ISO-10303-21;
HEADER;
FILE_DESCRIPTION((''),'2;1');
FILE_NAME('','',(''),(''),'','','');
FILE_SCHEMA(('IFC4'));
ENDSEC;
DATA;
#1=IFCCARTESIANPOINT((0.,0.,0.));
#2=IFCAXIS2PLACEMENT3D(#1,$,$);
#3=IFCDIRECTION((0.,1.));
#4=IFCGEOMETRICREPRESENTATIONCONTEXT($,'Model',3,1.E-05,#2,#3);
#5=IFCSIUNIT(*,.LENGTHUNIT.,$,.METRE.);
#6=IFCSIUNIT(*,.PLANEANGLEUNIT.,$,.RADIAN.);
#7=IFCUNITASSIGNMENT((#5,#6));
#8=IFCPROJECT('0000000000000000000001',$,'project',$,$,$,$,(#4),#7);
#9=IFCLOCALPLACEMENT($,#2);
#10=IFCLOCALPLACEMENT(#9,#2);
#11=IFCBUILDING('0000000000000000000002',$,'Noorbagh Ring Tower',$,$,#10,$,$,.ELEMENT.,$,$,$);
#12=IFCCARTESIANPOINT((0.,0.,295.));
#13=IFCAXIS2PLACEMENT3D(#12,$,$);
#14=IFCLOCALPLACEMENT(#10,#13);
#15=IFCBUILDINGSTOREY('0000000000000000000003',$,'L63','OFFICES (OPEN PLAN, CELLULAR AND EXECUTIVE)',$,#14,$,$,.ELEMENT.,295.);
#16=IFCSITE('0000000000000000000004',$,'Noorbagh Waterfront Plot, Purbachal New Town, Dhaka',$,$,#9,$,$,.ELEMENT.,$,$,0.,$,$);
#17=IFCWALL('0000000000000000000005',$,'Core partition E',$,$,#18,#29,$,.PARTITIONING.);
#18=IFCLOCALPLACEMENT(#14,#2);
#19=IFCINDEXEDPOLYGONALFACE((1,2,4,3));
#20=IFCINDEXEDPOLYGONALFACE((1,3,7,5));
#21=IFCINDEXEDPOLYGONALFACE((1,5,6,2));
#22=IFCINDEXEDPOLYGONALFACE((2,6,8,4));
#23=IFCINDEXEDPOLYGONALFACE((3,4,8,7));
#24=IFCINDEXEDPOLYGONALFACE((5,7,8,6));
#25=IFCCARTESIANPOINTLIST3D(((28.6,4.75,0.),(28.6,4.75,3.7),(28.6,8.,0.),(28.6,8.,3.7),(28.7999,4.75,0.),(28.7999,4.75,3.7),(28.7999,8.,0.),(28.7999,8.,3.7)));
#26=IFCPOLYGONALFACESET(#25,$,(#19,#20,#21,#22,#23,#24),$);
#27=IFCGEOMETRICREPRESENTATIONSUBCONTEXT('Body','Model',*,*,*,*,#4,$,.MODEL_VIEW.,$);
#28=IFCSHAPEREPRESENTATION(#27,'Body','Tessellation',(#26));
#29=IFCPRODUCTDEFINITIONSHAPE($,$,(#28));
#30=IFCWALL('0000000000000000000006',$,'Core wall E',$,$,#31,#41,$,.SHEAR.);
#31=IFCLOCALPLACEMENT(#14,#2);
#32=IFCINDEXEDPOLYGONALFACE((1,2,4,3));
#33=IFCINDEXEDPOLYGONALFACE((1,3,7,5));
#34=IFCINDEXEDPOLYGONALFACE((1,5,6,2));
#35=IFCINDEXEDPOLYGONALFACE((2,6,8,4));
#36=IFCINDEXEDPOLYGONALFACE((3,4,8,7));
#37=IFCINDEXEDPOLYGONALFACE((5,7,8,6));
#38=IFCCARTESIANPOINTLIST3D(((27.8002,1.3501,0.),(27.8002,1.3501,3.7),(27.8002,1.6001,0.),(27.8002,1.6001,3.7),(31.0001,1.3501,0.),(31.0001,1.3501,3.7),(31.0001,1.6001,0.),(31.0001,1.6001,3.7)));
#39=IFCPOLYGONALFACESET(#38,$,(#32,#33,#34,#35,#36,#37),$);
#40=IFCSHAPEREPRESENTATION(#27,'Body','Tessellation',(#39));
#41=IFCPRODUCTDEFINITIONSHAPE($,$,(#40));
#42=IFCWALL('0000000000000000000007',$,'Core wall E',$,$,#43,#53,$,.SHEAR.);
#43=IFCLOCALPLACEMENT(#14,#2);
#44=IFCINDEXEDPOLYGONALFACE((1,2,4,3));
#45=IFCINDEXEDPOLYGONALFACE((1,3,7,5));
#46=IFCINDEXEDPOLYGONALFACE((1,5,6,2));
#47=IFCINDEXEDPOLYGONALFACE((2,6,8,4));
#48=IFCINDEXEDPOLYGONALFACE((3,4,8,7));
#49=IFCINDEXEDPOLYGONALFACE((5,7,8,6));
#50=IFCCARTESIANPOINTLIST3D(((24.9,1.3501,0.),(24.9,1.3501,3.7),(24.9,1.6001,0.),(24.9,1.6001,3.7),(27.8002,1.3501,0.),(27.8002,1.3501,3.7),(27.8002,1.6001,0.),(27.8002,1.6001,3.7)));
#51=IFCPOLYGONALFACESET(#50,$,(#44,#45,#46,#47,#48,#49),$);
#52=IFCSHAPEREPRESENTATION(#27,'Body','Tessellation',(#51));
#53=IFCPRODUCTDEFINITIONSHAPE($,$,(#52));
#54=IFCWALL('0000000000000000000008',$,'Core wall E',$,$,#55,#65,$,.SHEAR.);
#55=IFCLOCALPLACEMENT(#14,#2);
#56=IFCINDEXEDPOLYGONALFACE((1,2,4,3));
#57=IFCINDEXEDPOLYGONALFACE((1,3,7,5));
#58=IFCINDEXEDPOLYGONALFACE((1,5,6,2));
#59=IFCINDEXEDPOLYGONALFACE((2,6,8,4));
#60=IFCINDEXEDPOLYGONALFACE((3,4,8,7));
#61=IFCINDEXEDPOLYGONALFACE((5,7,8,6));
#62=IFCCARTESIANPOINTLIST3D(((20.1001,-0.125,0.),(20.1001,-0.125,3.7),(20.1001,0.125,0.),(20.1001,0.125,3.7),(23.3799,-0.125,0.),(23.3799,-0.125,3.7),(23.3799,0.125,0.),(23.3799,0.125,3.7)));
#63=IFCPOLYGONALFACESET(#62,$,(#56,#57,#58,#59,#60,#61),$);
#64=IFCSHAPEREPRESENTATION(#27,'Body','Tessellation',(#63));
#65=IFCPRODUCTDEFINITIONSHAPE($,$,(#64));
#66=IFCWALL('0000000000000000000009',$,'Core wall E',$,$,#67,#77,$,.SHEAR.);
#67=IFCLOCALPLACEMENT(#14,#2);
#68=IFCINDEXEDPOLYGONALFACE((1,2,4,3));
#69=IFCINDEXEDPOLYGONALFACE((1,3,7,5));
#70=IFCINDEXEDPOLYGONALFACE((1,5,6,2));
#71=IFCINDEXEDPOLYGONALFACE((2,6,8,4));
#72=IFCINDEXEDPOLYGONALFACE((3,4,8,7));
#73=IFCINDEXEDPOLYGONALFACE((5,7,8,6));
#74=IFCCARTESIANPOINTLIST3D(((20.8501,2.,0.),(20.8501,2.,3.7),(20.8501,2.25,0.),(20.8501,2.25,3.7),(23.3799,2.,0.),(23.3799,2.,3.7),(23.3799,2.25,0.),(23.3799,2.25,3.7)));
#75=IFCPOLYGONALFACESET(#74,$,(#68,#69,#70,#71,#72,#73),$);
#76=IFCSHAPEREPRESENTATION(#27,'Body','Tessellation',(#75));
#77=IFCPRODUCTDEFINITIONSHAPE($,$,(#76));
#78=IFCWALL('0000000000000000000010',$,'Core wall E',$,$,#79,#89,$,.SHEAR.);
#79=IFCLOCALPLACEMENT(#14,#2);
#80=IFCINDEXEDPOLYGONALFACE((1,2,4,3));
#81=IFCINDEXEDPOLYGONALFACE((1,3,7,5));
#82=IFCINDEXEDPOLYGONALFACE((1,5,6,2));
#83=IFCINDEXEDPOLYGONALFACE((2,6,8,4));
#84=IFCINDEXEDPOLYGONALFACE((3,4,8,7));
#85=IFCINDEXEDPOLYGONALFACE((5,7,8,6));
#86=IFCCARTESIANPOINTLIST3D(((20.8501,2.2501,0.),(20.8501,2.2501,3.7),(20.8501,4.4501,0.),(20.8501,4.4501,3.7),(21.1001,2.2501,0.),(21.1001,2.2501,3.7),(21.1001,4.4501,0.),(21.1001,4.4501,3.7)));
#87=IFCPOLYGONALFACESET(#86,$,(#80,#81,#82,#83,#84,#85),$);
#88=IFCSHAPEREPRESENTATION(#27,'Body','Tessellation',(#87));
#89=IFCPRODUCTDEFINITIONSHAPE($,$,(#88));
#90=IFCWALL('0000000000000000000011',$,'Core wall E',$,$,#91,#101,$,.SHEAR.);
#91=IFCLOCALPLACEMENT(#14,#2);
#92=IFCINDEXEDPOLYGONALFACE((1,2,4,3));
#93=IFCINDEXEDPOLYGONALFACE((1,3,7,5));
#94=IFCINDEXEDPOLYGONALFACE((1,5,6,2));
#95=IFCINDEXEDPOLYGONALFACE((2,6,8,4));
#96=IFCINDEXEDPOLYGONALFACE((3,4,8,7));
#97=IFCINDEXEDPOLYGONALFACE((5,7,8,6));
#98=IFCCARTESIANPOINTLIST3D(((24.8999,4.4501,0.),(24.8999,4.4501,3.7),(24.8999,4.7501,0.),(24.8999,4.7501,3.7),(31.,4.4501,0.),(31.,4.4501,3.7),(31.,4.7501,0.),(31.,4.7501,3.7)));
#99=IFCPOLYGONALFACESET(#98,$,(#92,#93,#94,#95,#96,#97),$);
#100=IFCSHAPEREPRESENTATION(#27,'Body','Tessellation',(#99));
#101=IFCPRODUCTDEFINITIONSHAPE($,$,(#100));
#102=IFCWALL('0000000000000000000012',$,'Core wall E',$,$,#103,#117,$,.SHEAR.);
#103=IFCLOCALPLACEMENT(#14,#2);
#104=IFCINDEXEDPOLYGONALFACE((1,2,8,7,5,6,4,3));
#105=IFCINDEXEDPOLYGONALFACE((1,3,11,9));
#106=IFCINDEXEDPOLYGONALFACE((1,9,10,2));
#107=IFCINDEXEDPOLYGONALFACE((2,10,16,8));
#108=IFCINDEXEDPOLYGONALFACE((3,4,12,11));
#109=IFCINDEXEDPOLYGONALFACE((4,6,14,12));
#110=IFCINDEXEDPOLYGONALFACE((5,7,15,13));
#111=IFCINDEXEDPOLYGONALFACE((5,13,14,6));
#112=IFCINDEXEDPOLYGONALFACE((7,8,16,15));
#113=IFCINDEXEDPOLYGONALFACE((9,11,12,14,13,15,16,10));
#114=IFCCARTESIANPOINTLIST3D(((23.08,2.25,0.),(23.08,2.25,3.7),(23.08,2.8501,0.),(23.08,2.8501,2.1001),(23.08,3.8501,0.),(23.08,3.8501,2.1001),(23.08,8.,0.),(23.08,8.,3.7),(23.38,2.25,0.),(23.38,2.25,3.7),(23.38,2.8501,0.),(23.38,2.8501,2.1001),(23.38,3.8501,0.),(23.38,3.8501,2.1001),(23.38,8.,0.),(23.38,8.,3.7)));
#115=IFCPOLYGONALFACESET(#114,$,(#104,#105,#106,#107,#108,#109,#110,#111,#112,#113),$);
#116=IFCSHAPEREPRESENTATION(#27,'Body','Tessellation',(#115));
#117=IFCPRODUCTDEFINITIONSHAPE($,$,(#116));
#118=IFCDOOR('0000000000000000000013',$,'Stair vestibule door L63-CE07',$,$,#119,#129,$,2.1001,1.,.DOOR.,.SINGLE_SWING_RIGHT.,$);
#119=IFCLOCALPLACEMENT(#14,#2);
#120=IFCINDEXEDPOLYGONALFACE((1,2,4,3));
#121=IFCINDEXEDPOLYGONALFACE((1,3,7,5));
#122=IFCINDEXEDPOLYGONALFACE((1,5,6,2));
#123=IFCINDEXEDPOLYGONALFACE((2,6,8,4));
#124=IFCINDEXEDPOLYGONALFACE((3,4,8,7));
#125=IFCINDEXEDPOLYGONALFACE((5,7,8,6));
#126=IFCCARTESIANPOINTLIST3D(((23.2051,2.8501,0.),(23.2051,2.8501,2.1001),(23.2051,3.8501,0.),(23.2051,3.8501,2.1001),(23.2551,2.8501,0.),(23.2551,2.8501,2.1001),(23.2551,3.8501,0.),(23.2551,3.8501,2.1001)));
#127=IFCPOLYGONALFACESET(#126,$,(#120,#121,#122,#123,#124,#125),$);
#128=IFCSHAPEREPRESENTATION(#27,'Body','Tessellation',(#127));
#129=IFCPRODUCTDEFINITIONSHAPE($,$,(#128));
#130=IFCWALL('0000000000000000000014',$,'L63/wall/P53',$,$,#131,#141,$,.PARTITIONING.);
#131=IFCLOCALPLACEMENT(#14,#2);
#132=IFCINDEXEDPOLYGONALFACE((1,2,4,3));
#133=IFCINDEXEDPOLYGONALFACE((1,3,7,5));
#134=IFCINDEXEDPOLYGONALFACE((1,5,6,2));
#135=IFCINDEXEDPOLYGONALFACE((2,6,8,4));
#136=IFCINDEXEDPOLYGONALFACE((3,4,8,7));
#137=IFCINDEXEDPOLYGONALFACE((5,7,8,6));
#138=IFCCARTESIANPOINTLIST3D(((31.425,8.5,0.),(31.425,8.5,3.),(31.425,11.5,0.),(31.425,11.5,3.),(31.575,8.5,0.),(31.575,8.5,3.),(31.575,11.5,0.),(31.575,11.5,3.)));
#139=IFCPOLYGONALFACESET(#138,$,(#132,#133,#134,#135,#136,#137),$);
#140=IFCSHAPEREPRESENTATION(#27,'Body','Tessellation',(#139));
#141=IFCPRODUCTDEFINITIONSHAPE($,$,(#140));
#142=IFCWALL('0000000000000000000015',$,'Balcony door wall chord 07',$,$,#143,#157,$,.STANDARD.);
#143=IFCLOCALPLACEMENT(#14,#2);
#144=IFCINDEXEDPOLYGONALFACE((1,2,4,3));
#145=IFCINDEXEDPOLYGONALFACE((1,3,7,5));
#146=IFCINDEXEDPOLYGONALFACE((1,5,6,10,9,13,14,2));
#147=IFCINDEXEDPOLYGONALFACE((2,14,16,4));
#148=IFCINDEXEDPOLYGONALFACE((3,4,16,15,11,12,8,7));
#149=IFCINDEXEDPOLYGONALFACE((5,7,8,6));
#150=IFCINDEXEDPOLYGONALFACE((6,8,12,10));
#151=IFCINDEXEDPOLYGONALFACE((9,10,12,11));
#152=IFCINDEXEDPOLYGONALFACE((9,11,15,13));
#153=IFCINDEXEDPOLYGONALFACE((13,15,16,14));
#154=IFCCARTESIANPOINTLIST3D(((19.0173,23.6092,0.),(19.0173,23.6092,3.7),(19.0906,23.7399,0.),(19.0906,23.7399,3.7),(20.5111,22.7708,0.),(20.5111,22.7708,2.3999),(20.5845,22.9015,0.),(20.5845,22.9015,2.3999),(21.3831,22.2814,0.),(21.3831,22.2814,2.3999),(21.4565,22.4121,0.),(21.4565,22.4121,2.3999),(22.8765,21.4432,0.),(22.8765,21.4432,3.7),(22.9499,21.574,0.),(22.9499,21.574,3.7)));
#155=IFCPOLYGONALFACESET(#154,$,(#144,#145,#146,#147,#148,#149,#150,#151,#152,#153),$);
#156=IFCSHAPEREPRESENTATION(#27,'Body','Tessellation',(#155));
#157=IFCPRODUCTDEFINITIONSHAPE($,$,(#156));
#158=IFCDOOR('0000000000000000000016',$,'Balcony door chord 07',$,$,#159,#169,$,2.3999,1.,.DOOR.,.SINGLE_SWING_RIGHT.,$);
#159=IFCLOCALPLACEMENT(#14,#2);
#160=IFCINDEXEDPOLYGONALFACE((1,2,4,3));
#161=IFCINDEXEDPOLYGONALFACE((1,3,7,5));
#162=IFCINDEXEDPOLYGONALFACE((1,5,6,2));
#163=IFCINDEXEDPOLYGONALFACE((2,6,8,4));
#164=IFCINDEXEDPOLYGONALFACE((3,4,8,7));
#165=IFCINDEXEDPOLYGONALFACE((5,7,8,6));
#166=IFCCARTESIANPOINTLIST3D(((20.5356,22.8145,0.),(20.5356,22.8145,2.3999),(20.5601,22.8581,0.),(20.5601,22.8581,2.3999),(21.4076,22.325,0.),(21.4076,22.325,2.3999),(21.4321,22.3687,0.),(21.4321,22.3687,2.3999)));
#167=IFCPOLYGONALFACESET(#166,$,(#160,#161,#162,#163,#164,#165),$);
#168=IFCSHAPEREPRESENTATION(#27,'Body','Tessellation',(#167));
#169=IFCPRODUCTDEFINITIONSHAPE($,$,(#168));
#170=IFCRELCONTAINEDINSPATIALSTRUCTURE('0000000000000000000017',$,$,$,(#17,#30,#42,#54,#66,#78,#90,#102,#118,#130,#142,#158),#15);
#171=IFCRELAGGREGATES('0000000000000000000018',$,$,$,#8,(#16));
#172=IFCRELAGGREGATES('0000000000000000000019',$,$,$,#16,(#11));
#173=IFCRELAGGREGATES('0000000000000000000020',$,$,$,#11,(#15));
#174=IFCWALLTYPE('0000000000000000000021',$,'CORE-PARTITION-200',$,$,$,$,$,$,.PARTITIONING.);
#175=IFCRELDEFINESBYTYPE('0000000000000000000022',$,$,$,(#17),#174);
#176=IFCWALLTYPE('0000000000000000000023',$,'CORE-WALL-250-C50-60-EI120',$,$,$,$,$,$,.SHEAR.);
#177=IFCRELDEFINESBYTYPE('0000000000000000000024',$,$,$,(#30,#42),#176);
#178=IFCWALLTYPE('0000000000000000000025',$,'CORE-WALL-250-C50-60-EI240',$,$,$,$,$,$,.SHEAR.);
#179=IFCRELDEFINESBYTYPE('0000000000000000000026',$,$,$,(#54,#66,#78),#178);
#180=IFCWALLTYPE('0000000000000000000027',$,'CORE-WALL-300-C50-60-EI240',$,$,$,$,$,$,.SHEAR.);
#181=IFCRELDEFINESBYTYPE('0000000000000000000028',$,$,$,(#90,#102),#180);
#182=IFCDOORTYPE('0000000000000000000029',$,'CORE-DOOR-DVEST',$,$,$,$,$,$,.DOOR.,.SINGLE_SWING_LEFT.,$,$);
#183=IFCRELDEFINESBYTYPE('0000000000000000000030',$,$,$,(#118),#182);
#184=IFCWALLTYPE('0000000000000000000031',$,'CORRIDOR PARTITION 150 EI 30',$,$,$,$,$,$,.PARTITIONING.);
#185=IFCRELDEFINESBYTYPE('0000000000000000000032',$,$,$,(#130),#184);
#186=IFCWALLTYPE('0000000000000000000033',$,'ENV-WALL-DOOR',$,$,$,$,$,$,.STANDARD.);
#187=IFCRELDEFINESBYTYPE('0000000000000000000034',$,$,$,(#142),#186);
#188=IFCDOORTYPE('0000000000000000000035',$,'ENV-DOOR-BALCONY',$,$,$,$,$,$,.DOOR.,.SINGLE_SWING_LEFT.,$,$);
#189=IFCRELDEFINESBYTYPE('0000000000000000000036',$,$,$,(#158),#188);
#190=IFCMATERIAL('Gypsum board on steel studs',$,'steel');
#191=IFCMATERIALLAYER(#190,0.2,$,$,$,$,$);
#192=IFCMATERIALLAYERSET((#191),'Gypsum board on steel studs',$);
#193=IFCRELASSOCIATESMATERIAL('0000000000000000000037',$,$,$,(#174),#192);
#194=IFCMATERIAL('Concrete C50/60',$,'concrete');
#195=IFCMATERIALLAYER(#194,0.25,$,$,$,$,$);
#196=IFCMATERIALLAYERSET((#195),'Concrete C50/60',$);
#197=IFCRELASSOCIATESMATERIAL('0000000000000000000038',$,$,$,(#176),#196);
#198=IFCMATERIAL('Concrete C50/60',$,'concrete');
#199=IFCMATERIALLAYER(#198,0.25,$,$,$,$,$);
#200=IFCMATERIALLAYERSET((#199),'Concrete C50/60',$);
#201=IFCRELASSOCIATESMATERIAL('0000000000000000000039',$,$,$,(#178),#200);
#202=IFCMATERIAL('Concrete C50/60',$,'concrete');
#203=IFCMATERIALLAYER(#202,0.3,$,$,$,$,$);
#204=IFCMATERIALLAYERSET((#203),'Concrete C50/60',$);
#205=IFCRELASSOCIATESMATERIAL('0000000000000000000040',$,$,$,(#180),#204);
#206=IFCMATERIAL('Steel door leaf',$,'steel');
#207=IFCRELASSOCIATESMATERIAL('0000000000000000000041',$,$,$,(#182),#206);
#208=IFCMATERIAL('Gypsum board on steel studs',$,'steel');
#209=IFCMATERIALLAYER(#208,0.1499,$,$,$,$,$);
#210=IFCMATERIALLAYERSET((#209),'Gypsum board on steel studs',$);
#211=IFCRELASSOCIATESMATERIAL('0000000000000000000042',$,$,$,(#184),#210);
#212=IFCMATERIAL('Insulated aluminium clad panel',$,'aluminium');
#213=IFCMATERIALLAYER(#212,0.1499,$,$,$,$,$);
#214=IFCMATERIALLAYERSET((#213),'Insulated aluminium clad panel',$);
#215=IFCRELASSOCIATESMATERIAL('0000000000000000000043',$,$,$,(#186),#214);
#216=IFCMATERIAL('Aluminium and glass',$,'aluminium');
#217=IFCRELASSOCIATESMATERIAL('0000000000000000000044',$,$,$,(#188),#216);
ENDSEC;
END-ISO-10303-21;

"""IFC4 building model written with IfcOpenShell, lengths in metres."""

from ifc_helpers import new_model, si_unit, direction, frame, frame_2d, origin, place, context, subcontext, project, spatial, rectangle, extrude, material, layer, layer_set, type_object, element, fill, save


model = new_model("IFC4")

# Units and contexts
model_context = context("Model", 3, precision=1e-05, world=origin(), true_north=direction((0.0, 1.0)))
body_context = subcontext(model_context, "Body", "Model", "MODEL_VIEW")
ifc_project = project(units=[si_unit("LENGTHUNIT", "METRE"), si_unit("PLANEANGLEUNIT", "RADIAN")], contexts=[model_context])

# Site, building, storey
site_placement = place(None, origin())
site = spatial("IfcSite", under=ifc_project, at=site_placement, Name="Noorbagh Waterfront Plot, Purbachal New Town, Dhaka", CompositionType="ELEMENT", RefElevation=0.0)
building_placement = place(site_placement, origin())
building = spatial("IfcBuilding", under=site, at=building_placement, Name="Noorbagh Ring Tower", CompositionType="ELEMENT")
storey_placement = place(building_placement, frame((0.0, 0.0, 295.0)))
storey = spatial("IfcBuildingStorey", under=building, at=storey_placement, Name="L63", Description="OFFICES (OPEN PLAN, CELLULAR AND EXECUTIVE)", CompositionType="ELEMENT", Elevation=295.0)

# Shared definitions
ifc_material_1 = material(Name="Gypsum board on steel studs", Category="steel")
ifc_layer_1 = layer(ifc_material_1, 0.2)
ifc_layer_set_1 = layer_set([ifc_layer_1], Name="Gypsum board on steel studs")
wall_type_1 = type_object("IfcWallType", Name="CORE-PARTITION-200", PredefinedType="PARTITIONING", material=ifc_layer_set_1)

# Walls
wall_1_placement = place(storey_placement, frame((28.7, 4.75, 0.0), z_axis=(0.0, 0.0, 1.0), x_axis=(0.0, 1.0, 0.0)))
element("IfcWall", 1, at=wall_1_placement, inside=storey, type_object=wall_type_1, Name="Core partition E", PredefinedType="PARTITIONING", context=body_context, shape_type="SweptSolid", body=[
    extrude(rectangle(XDim=3.25, YDim=0.2, at=frame_2d((1.625, 0.0))), origin(), (0.0, 0.0, 1.0), 3.7),
])
ifc_material_2 = material(Name="Concrete C50/60", Category="concrete")
ifc_layer_2 = layer(ifc_material_2, 0.25)
ifc_layer_set_2 = layer_set([ifc_layer_2], Name="Concrete C50/60")
wall_type_2 = type_object("IfcWallType", Name="CORE-WALL-250-C50-60-EI120", PredefinedType="SHEAR", material=ifc_layer_set_2)
wall_2_placement = place(storey_placement, frame((27.8, 1.4751, 0.0), z_axis=(0.0, 0.0, 1.0), x_axis=(1.0, 0.0, 0.0)))
element("IfcWall", 2, at=wall_2_placement, inside=storey, type_object=wall_type_2, Name="Core wall E", PredefinedType="SHEAR", context=body_context, shape_type="SweptSolid", body=[
    extrude(rectangle(XDim=3.2, YDim=0.25, at=frame_2d((1.6001, 0.0))), origin(), (0.0, 0.0, 1.0), 3.7),
])
wall_3_placement = place(storey_placement, frame((24.8999, 1.4751, 0.0), z_axis=(0.0, 0.0, 1.0), x_axis=(1.0, 0.0, 0.0)))
element("IfcWall", 3, at=wall_3_placement, inside=storey, type_object=wall_type_2, Name="Core wall E", PredefinedType="SHEAR", context=body_context, shape_type="SweptSolid", body=[
    extrude(rectangle(XDim=2.9001, YDim=0.25, at=frame_2d((1.4502, 0.0))), origin(), (0.0, 0.0, 1.0), 3.7),
])
ifc_material_3 = material(Name="Concrete C50/60", Category="concrete")
ifc_layer_3 = layer(ifc_material_3, 0.25)
ifc_layer_set_3 = layer_set([ifc_layer_3], Name="Concrete C50/60")
wall_type_3 = type_object("IfcWallType", Name="CORE-WALL-250-C50-60-EI240", PredefinedType="SHEAR", material=ifc_layer_set_3)
wall_4_placement = place(storey_placement, frame((20.1001, 0.0, 0.0), z_axis=(0.0, 0.0, 1.0), x_axis=(1.0, 0.0, 0.0)))
element("IfcWall", 4, at=wall_4_placement, inside=storey, type_object=wall_type_3, Name="Core wall E", PredefinedType="SHEAR", context=body_context, shape_type="SweptSolid", body=[
    extrude(rectangle(XDim=3.2798, YDim=0.25, at=frame_2d((1.6399, 0.0))), origin(), (0.0, 0.0, 1.0), 3.7),
])
wall_5_placement = place(storey_placement, frame((20.8501, 2.125, 0.0), z_axis=(0.0, 0.0, 1.0), x_axis=(1.0, 0.0, 0.0)))
element("IfcWall", 5, at=wall_5_placement, inside=storey, type_object=wall_type_3, Name="Core wall E", PredefinedType="SHEAR", context=body_context, shape_type="SweptSolid", body=[
    extrude(rectangle(XDim=2.5298, YDim=0.25, at=frame_2d((1.2649, 0.0))), origin(), (0.0, 0.0, 1.0), 3.7),
])
wall_6_placement = place(storey_placement, frame((20.9751, 2.25, 0.0), z_axis=(0.0, 0.0, 1.0), x_axis=(0.0, 1.0, 0.0)))
element("IfcWall", 6, at=wall_6_placement, inside=storey, type_object=wall_type_3, Name="Core wall E", PredefinedType="SHEAR", context=body_context, shape_type="SweptSolid", body=[
    extrude(rectangle(XDim=2.2, YDim=0.25, at=frame_2d((1.1001, 0.0))), origin(), (0.0, 0.0, 1.0), 3.7),
])
ifc_material_4 = material(Name="Concrete C50/60", Category="concrete")
ifc_layer_4 = layer(ifc_material_4, 0.3)
ifc_layer_set_4 = layer_set([ifc_layer_4], Name="Concrete C50/60")
wall_type_4 = type_object("IfcWallType", Name="CORE-WALL-300-C50-60-EI240", PredefinedType="SHEAR", material=ifc_layer_set_4)
wall_7_placement = place(storey_placement, frame((24.8999, 4.6001, 0.0), z_axis=(0.0, 0.0, 1.0), x_axis=(1.0, 0.0, 0.0)))
element("IfcWall", 7, at=wall_7_placement, inside=storey, type_object=wall_type_4, Name="Core wall E", PredefinedType="SHEAR", context=body_context, shape_type="SweptSolid", body=[
    extrude(rectangle(XDim=6.1001, YDim=0.3, at=frame_2d((3.05, 0.0))), origin(), (0.0, 0.0, 1.0), 3.7),
])

# Wall, opening, door
wall_8_placement = place(storey_placement, frame((23.23, 2.25, 0.0), z_axis=(0.0, 0.0, 1.0), x_axis=(0.0, 1.0, 0.0)))
wall_8 = element("IfcWall", 8, at=wall_8_placement, inside=storey, type_object=wall_type_4, Name="Core wall E", PredefinedType="SHEAR", context=body_context, shape_type="SweptSolid", body=[
    extrude(rectangle(XDim=5.75, YDim=0.3, at=frame_2d((2.875, 0.0))), origin(), (0.0, 0.0, 1.0), 3.7),
])
opening_1_placement = place(wall_8_placement, frame((0.6001, 0.0, 0.0)))
opening_1 = element("IfcOpeningElement", 9, at=opening_1_placement, cuts=wall_8, PredefinedType="OPENING", context=body_context, shape_type="SweptSolid", body=[
    extrude(rectangle(XDim=1.0, YDim=2.1001, at=frame_2d((0.5, 1.05))), frame((0.0, 0.1602, 0.0), z_axis=(0.0, -1.0, 0.0), x_axis=(1.0, 0.0, 0.0)), (0.0, 0.0, 1.0), 0.3201),
])
ifc_material_5 = material(Name="Steel door leaf", Category="steel")
door_type_1 = type_object("IfcDoorType", Name="CORE-DOOR-DVEST", OperationType="SINGLE_SWING_LEFT", PredefinedType="DOOR", material=ifc_material_5)
door_1_placement = place(opening_1_placement, origin())
door_1 = element("IfcDoor", 10, at=door_1_placement, inside=storey, type_object=door_type_1, Name="Stair vestibule door L63-CE07", OperationType="SINGLE_SWING_RIGHT", OverallHeight=2.1001, OverallWidth=1.0, PredefinedType="DOOR", context=body_context, shape_type="SweptSolid", body=[
    extrude(rectangle(XDim=1.0, YDim=2.1001, at=frame_2d((0.5, 1.05))), frame((0.0, 0.0249, 0.0), z_axis=(0.0, -1.0, 0.0), x_axis=(1.0, 0.0, 0.0)), (0.0, 0.0, 1.0), 0.05),
])
fill(opening_1, door_1)

# Wall
ifc_material_6 = material(Name="Gypsum board on steel studs", Category="steel")
ifc_layer_5 = layer(ifc_material_6, 0.1499)
ifc_layer_set_5 = layer_set([ifc_layer_5], Name="Gypsum board on steel studs")
wall_type_5 = type_object("IfcWallType", Name="CORRIDOR PARTITION 150 EI 30", PredefinedType="PARTITIONING", material=ifc_layer_set_5)
wall_9_placement = place(storey_placement, frame((31.5, 8.5, 0.0), z_axis=(0.0, 0.0, 1.0), x_axis=(0.0, 1.0, 0.0)))
element("IfcWall", 11, at=wall_9_placement, inside=storey, type_object=wall_type_5, Name="L63/wall/P53", PredefinedType="PARTITIONING", context=body_context, shape_type="SweptSolid", body=[
    extrude(rectangle(XDim=3.0, YDim=0.1499, at=frame_2d((1.5, 0.0))), origin(), (0.0, 0.0, 1.0), 3.0),
])

# Wall, opening, door
ifc_material_7 = material(Name="Insulated aluminium clad panel", Category="aluminium")
ifc_layer_6 = layer(ifc_material_7, 0.1499)
ifc_layer_set_6 = layer_set([ifc_layer_6], Name="Insulated aluminium clad panel")
wall_type_6 = type_object("IfcWallType", Name="ENV-WALL-DOOR", PredefinedType="STANDARD", material=ifc_layer_set_6)
wall_10_placement = place(storey_placement, frame((22.9133, 21.5085, 0.0), z_axis=(0.0, 0.0, 1.0), x_axis=(-0.872047, 0.489423, 0.0)))
wall_10 = element("IfcWall", 12, at=wall_10_placement, inside=storey, type_object=wall_type_6, Name="Balcony door wall chord 07", PredefinedType="STANDARD", context=body_context, shape_type="SweptSolid", body=[
    extrude(rectangle(XDim=4.4255, YDim=0.1499, at=frame_2d((2.2129, 0.0))), origin(), (0.0, 0.0, 1.0), 3.7),
])
opening_2_placement = place(wall_10_placement, frame((1.7126, 0.0, 0.0)))
opening_2 = element("IfcOpeningElement", 13, at=opening_2_placement, cuts=wall_10, PredefinedType="OPENING", context=body_context, shape_type="SweptSolid", body=[
    extrude(rectangle(XDim=1.0, YDim=2.3999, at=frame_2d((0.5, 1.2))), frame((0.0, 0.085, 0.0), z_axis=(0.0, -1.0, 0.0), x_axis=(1.0, 0.0, 0.0)), (0.0, 0.0, 1.0), 0.1699),
])
ifc_material_8 = material(Name="Aluminium and glass", Category="aluminium")
door_type_2 = type_object("IfcDoorType", Name="ENV-DOOR-BALCONY", OperationType="SINGLE_SWING_LEFT", PredefinedType="DOOR", material=ifc_material_8)
door_2_placement = place(opening_2_placement, origin())
door_2 = element("IfcDoor", 14, at=door_2_placement, inside=storey, type_object=door_type_2, Name="Balcony door chord 07", OperationType="SINGLE_SWING_RIGHT", OverallHeight=2.3999, OverallWidth=1.0, PredefinedType="DOOR", context=body_context, shape_type="SweptSolid", body=[
    extrude(rectangle(XDim=1.0, YDim=2.3999, at=frame_2d((0.5, 1.2))), frame((0.0, 0.0249, 0.0), z_axis=(0.0, -1.0, 0.0), x_axis=(1.0, 0.0, 0.0)), (0.0, 0.0, 1.0), 0.05),
])
fill(opening_2, door_2)

save(model, "model.ifc")
